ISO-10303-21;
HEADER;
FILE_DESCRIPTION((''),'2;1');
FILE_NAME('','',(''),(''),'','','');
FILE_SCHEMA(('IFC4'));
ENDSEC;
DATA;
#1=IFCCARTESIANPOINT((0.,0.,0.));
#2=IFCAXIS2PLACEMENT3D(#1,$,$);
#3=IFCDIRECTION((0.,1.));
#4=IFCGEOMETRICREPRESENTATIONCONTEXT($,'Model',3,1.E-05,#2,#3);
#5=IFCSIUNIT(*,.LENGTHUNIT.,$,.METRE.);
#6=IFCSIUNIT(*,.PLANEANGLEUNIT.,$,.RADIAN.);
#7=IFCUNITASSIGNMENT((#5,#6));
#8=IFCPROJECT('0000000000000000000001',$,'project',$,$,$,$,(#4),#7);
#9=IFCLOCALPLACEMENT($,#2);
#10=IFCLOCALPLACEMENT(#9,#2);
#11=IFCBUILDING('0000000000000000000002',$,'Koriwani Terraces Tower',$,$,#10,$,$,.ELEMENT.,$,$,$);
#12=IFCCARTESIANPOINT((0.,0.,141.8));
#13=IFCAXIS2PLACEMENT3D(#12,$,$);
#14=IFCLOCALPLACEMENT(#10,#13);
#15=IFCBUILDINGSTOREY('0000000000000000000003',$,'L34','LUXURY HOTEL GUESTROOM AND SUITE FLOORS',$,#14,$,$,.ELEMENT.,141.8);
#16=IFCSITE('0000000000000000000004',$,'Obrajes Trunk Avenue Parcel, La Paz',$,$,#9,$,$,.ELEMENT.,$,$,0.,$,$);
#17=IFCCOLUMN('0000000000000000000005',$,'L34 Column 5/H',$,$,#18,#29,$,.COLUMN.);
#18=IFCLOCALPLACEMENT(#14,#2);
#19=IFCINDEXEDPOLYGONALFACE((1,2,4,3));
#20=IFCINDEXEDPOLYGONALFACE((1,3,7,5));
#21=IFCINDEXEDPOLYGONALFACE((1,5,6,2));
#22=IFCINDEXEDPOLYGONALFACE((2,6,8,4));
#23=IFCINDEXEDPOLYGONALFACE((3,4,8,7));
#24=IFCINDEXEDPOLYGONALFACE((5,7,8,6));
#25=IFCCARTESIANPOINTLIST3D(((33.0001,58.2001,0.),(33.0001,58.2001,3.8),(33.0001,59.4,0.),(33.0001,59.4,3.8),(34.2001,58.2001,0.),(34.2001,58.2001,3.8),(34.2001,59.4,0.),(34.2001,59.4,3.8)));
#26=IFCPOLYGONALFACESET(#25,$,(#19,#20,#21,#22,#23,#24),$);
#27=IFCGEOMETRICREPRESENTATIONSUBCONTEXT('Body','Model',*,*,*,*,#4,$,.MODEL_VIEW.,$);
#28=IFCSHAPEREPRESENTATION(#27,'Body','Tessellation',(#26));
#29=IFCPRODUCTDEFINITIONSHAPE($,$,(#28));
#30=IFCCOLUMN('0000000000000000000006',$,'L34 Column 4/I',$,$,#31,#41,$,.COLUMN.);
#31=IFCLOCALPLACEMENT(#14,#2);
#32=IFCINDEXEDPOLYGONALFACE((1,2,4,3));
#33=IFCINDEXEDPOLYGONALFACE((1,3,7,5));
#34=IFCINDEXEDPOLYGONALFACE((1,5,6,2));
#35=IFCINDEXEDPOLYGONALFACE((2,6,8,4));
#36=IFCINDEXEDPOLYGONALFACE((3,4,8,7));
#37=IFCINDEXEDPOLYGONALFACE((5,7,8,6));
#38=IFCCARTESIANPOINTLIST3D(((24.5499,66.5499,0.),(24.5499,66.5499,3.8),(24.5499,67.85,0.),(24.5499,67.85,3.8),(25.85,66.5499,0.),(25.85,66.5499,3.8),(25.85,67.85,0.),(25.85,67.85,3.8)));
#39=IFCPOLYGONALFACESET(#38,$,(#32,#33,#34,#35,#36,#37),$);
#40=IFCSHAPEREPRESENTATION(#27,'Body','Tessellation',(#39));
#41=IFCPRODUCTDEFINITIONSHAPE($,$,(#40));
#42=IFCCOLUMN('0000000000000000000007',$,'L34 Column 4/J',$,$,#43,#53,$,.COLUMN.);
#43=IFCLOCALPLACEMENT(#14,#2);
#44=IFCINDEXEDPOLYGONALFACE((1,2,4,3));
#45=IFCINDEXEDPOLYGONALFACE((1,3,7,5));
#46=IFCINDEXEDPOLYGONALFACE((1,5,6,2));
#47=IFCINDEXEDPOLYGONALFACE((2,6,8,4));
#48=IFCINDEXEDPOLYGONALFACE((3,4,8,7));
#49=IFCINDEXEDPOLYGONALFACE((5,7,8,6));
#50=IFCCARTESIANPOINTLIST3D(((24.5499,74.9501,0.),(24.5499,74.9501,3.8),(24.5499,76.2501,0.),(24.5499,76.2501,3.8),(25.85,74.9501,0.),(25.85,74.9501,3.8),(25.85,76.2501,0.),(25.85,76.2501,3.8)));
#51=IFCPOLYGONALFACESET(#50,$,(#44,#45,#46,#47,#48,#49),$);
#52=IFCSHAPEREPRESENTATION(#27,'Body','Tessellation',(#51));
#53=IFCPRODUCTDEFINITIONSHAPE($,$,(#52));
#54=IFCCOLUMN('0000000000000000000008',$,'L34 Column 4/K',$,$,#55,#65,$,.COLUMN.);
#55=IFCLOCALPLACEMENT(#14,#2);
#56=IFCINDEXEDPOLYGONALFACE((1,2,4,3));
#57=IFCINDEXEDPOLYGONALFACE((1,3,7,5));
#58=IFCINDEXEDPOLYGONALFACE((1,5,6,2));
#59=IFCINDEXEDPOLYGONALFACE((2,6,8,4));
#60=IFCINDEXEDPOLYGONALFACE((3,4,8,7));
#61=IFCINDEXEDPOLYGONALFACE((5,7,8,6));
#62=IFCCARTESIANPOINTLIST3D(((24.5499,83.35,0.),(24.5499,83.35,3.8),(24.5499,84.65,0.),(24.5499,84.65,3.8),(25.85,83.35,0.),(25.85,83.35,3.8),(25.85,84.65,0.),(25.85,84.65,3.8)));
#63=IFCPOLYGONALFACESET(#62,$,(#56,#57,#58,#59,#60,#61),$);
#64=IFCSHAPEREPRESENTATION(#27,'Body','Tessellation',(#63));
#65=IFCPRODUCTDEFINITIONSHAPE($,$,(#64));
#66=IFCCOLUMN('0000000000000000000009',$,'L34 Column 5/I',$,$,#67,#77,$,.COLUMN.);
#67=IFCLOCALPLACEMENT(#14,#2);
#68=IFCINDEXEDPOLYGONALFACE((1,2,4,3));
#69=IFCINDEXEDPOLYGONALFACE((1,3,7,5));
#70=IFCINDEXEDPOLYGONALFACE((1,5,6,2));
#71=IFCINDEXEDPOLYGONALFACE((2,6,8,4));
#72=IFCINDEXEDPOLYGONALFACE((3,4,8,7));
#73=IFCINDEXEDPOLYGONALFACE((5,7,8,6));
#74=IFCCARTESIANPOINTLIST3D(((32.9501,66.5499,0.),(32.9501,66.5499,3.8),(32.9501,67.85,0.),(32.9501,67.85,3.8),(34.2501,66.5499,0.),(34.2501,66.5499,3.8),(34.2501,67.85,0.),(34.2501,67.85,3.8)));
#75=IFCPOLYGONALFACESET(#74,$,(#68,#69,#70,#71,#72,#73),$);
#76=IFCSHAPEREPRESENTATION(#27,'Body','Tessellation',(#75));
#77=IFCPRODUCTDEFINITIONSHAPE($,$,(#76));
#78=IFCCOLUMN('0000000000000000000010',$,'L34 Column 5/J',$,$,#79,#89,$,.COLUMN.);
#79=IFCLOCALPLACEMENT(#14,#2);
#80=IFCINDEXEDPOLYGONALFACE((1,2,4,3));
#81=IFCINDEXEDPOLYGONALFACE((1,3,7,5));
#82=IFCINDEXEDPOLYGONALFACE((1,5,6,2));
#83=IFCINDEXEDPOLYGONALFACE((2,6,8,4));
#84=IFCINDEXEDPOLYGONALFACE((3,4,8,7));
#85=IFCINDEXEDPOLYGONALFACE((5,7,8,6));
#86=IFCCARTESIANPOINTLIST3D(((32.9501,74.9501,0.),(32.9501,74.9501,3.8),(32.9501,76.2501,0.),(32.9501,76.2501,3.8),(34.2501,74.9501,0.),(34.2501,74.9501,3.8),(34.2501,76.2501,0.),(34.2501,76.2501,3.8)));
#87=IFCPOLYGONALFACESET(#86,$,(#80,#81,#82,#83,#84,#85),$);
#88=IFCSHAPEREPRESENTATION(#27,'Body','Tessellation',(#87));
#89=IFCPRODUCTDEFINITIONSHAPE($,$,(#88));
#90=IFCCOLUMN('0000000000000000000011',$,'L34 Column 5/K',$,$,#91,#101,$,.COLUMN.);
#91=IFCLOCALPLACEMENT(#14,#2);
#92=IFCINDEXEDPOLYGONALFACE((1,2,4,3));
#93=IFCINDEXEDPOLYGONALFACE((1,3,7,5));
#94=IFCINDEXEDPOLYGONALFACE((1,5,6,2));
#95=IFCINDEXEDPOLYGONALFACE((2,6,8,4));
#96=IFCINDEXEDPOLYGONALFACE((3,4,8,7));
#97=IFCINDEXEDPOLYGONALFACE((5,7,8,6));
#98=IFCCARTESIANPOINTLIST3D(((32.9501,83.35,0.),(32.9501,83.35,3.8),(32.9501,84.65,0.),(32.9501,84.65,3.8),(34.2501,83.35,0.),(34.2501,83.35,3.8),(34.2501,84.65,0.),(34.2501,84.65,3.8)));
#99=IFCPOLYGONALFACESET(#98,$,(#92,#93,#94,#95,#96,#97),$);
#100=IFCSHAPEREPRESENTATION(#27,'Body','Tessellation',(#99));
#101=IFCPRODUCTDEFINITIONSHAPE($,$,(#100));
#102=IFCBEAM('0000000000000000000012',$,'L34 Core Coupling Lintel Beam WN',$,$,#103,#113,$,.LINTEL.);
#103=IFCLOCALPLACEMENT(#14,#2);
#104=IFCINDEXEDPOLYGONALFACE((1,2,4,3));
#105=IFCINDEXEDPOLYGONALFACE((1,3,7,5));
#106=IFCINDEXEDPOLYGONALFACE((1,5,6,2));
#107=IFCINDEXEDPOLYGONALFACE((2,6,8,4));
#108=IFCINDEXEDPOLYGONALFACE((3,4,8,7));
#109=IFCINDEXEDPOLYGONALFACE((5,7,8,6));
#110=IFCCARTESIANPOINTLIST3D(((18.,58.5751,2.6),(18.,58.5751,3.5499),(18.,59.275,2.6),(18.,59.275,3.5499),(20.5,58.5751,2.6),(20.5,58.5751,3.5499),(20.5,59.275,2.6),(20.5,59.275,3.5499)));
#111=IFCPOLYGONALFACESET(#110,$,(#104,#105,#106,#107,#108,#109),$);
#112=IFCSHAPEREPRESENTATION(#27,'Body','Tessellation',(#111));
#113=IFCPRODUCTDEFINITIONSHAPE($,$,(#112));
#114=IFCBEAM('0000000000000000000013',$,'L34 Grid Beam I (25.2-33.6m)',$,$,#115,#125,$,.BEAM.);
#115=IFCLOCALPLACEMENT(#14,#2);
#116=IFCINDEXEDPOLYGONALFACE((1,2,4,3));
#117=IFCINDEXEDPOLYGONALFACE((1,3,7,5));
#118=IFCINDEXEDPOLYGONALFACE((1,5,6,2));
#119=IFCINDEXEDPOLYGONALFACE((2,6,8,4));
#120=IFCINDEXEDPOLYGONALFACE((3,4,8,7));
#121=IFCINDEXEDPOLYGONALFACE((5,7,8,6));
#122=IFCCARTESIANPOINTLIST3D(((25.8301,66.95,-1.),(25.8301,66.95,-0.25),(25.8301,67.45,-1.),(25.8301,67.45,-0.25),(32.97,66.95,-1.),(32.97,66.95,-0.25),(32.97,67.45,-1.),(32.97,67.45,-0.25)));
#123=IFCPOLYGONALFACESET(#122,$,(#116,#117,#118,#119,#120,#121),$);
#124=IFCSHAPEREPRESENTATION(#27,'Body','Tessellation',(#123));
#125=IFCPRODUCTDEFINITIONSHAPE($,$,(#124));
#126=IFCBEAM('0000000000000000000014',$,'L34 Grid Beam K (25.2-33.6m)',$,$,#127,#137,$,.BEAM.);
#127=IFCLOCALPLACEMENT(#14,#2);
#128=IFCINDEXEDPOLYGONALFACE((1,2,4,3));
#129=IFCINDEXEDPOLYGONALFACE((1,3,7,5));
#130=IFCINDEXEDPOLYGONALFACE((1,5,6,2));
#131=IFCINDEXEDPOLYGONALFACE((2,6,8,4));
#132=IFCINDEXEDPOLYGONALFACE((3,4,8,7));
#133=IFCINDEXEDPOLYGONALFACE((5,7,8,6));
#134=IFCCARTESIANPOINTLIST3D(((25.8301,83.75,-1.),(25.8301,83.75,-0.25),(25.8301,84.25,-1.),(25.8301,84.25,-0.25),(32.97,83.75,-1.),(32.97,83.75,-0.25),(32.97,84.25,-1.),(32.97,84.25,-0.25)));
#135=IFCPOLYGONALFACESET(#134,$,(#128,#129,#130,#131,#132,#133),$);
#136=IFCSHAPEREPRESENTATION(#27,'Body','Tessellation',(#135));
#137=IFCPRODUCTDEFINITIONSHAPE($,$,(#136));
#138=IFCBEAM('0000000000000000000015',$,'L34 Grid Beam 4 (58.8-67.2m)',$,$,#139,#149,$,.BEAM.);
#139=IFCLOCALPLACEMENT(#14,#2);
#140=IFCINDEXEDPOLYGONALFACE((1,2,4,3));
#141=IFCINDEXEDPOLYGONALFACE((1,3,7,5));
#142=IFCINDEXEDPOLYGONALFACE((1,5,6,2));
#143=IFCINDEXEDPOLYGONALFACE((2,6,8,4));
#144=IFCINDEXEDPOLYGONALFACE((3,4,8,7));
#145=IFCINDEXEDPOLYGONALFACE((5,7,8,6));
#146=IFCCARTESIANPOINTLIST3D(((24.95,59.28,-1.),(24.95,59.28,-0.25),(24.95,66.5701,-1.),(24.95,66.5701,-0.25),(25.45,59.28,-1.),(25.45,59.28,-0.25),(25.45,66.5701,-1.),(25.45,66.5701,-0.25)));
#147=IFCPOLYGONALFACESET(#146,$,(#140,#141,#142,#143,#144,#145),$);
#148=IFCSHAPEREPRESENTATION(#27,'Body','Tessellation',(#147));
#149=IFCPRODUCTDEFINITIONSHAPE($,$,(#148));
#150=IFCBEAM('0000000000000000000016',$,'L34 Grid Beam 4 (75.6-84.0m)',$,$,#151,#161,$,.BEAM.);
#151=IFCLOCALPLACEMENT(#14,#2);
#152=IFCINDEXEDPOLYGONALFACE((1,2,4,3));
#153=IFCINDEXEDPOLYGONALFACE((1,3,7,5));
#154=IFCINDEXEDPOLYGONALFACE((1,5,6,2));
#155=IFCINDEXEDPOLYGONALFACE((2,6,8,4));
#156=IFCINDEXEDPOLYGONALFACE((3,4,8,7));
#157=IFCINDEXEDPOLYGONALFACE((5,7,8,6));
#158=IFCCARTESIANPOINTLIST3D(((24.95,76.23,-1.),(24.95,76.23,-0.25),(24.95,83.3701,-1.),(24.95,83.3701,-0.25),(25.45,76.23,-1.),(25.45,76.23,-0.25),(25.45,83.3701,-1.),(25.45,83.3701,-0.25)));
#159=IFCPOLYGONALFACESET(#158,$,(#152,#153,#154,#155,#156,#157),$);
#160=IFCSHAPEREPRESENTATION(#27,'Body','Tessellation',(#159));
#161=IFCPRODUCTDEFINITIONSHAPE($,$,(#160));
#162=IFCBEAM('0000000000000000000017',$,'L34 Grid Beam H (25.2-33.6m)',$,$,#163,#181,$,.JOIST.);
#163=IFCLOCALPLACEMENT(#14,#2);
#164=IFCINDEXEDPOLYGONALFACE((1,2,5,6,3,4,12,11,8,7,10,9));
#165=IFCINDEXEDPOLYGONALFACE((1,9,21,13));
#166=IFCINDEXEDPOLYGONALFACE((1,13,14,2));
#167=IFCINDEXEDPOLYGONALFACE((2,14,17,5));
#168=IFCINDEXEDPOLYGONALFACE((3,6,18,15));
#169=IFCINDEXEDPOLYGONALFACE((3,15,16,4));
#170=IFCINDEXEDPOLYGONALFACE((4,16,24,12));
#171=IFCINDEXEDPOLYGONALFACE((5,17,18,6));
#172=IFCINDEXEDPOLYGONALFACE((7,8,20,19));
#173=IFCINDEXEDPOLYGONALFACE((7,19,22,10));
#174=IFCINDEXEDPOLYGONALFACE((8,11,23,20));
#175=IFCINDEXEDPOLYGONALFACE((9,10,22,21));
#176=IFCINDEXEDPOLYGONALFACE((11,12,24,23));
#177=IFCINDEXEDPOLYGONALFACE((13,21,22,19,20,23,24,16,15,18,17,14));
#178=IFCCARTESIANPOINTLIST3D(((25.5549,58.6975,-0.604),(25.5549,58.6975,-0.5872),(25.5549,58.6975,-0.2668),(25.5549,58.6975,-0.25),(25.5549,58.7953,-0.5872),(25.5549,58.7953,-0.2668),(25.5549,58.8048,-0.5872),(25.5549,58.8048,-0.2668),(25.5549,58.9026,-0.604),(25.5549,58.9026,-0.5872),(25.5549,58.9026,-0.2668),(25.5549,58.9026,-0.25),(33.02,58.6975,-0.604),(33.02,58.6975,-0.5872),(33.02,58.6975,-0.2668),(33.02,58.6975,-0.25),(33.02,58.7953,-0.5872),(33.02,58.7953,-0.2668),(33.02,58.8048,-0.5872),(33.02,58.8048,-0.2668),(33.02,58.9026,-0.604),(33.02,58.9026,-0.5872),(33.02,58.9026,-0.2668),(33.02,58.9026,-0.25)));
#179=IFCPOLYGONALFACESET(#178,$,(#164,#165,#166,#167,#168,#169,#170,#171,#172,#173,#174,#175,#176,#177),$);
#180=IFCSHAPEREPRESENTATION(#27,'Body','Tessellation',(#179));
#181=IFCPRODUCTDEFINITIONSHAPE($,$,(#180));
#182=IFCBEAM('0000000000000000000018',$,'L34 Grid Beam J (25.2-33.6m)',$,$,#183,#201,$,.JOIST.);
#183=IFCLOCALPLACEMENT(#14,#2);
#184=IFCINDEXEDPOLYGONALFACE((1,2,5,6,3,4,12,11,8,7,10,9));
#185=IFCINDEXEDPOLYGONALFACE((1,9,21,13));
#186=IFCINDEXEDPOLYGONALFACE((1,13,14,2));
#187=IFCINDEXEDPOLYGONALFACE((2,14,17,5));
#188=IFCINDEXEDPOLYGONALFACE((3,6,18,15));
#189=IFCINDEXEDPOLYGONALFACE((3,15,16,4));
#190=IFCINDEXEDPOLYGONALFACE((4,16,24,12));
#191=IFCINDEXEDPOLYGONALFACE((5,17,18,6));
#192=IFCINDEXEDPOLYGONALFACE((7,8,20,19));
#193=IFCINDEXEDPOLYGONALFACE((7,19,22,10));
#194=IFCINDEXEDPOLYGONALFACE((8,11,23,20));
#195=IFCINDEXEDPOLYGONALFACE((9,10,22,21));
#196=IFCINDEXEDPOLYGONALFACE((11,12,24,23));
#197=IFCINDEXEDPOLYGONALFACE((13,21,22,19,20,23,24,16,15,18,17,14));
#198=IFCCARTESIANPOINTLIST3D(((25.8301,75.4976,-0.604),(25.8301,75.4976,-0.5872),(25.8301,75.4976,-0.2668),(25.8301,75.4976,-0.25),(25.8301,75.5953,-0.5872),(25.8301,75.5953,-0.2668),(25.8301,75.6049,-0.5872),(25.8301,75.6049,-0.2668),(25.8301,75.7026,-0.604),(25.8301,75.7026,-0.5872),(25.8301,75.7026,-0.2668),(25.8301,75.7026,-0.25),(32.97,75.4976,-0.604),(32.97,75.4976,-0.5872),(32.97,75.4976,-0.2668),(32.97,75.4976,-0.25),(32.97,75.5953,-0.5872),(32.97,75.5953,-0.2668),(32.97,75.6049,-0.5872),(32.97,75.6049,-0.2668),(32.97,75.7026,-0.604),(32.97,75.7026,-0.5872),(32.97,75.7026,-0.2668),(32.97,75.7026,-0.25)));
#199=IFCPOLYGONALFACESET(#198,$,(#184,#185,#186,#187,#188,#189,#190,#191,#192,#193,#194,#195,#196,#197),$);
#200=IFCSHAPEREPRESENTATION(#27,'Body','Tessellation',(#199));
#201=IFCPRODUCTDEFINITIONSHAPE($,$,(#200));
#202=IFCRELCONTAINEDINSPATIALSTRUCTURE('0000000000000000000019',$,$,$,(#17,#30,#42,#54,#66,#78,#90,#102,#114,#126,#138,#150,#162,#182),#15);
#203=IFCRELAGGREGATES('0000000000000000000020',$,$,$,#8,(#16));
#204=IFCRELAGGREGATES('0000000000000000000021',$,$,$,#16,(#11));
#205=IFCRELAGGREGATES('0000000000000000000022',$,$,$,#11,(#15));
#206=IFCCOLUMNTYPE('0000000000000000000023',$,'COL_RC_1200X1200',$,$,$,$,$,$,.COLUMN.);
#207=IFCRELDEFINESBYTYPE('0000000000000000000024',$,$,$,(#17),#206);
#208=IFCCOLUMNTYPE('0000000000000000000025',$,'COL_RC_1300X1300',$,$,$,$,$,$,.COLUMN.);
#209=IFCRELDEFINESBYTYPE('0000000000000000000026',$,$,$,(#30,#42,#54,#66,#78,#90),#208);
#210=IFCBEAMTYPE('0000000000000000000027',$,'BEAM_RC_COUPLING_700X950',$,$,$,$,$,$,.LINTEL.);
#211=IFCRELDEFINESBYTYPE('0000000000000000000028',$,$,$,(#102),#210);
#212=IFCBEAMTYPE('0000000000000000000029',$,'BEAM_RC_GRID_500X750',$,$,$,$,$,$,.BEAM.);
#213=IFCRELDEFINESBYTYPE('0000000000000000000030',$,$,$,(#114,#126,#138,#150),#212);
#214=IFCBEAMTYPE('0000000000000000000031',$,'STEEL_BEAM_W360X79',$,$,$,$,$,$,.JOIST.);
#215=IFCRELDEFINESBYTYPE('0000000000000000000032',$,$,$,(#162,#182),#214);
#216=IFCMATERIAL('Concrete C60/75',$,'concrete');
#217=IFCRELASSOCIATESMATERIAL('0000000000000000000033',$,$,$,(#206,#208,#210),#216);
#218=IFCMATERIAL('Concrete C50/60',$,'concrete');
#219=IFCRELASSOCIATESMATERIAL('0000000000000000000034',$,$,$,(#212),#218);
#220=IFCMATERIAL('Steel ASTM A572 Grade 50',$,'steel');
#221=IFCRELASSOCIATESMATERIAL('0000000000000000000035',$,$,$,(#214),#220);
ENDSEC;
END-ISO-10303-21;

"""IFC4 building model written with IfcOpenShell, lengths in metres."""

from ifc_helpers import new_model, si_unit, direction, frame, origin, origin_2d, place, context, subcontext, project, spatial, rectangle, i_section, extrude, material, material_profile, profile_set, type_object, element, save


model = new_model("IFC4")

# Units and contexts
model_context = context("Model", 3, precision=1e-05, world=origin(), true_north=direction((0.0, 1.0)))
body_context = subcontext(model_context, "Body", "Model", "MODEL_VIEW")
ifc_project = project(units=[si_unit("LENGTHUNIT", "METRE"), si_unit("PLANEANGLEUNIT", "RADIAN")], contexts=[model_context])

# Site, building, storey
site_placement = place(None, origin())
site = spatial("IfcSite", under=ifc_project, at=site_placement, Name="Obrajes Trunk Avenue Parcel, La Paz", CompositionType="ELEMENT", RefElevation=0.0)
building_placement = place(site_placement, origin())
building = spatial("IfcBuilding", under=site, at=building_placement, Name="Koriwani Terraces Tower", CompositionType="ELEMENT")
storey_placement = place(building_placement, frame((0.0, 0.0, 141.8)))
storey = spatial("IfcBuildingStorey", under=building, at=storey_placement, Name="L34", Description="LUXURY HOTEL GUESTROOM AND SUITE FLOORS", CompositionType="ELEMENT", Elevation=141.8)

# Columns
ifc_material_1 = material(Name="Concrete C60/75", Category="concrete")
ifc_material_profile_1 = material_profile(ifc_material_1, rectangle(XDim=1.2, YDim=1.2, at=origin_2d()), Name="Concrete C60/75", Category="LoadBearing")
ifc_profile_set_1 = profile_set([ifc_material_profile_1], Name="Concrete C60/75")
column_type_1 = type_object("IfcColumnType", Name="COL_RC_1200X1200", PredefinedType="COLUMN", material=ifc_profile_set_1)
column_placement = place(storey_placement, frame((33.6001, 58.8, 0.0), z_axis=(0.0, 0.0, 1.0), x_axis=(1.0, 0.0, 0.0)))
element("IfcColumn", 1, at=column_placement, inside=storey, type_object=column_type_1, Name="L34 Column 5/H", PredefinedType="COLUMN", context=body_context, shape_type="SweptSolid", body=[
    extrude(rectangle(XDim=1.2, YDim=1.2, at=origin_2d()), origin(), (0.0, 0.0, 1.0), 3.8),
])
ifc_material_profile_2 = material_profile(ifc_material_1, rectangle(XDim=1.3, YDim=1.3, at=origin_2d()), Name="Concrete C60/75", Category="LoadBearing")
ifc_profile_set_2 = profile_set([ifc_material_profile_2], Name="Concrete C60/75")
column_type_2 = type_object("IfcColumnType", Name="COL_RC_1300X1300", PredefinedType="COLUMN", material=ifc_profile_set_2)
for number, where, z_axis, x_axis, name in (
    (2, (25.2, 67.2, 0.0), (0.0, 0.0, 1.0), (1.0, 0.0, 0.0), "L34 Column 4/I"),
    (3, (25.2, 75.6001, 0.0), (0.0, 0.0, 1.0), (1.0, 0.0, 0.0), "L34 Column 4/J"),
    (4, (25.2, 84.0, 0.0), (0.0, 0.0, 1.0), (1.0, 0.0, 0.0), "L34 Column 4/K"),
    (5, (33.6001, 67.2, 0.0), (0.0, 0.0, 1.0), (1.0, 0.0, 0.0), "L34 Column 5/I"),
    (6, (33.6001, 75.6001, 0.0), (0.0, 0.0, 1.0), (1.0, 0.0, 0.0), "L34 Column 5/J"),
    (7, (33.6001, 84.0, 0.0), (0.0, 0.0, 1.0), (1.0, 0.0, 0.0), "L34 Column 5/K"),
):
    element("IfcColumn", number, at=place(storey_placement, frame(where, z_axis=z_axis, x_axis=x_axis)), inside=storey, type_object=column_type_2, Name=name, PredefinedType="COLUMN", context=body_context, shape_type="SweptSolid", body=[
        extrude(rectangle(XDim=1.3, YDim=1.3, at=origin_2d()), origin(), (0.0, 0.0, 1.0), 3.8),
    ])

# Beams
ifc_material_profile_3 = material_profile(ifc_material_1, rectangle(XDim=0.7, YDim=0.95, at=origin_2d()), Name="Concrete C60/75", Category="LoadBearing")
ifc_profile_set_3 = profile_set([ifc_material_profile_3], Name="Concrete C60/75")
beam_type_1 = type_object("IfcBeamType", Name="BEAM_RC_COUPLING_700X950", PredefinedType="LINTEL", material=ifc_profile_set_3)
beam_1_placement = place(storey_placement, frame((18.0, 58.925, 3.075), z_axis=(1.0, 0.0, 0.0), x_axis=(0.0, 1.0, 0.0)))
element("IfcBeam", 8, at=beam_1_placement, inside=storey, type_object=beam_type_1, Name="L34 Core Coupling Lintel Beam WN", PredefinedType="LINTEL", context=body_context, shape_type="SweptSolid", body=[
    extrude(rectangle(XDim=0.7, YDim=0.95, at=origin_2d()), origin(), (0.0, 0.0, 1.0), 2.5),
])
ifc_material_2 = material(Name="Concrete C50/60", Category="concrete")
ifc_material_profile_4 = material_profile(ifc_material_2, rectangle(XDim=0.5, YDim=0.75, at=origin_2d()), Name="Concrete C50/60", Category="LoadBearing")
ifc_profile_set_4 = profile_set([ifc_material_profile_4], Name="Concrete C50/60")
beam_type_2 = type_object("IfcBeamType", Name="BEAM_RC_GRID_500X750", PredefinedType="BEAM", material=ifc_profile_set_4)
for number, where, z_axis, x_axis, name in (
    (9, (25.8301, 67.2, -0.625), (1.0, 0.0, 0.0), (0.0, 1.0, 0.0), "L34 Grid Beam I (25.2-33.6m)"),
    (10, (25.8301, 84.0, -0.625), (1.0, 0.0, 0.0), (0.0, 1.0, 0.0), "L34 Grid Beam K (25.2-33.6m)"),
):
    element("IfcBeam", number, at=place(storey_placement, frame(where, z_axis=z_axis, x_axis=x_axis)), inside=storey, type_object=beam_type_2, Name=name, PredefinedType="BEAM", context=body_context, shape_type="SweptSolid", body=[
        extrude(rectangle(XDim=0.5, YDim=0.75, at=origin_2d()), origin(), (0.0, 0.0, 1.0), 7.1399),
    ])
beam_2_placement = place(storey_placement, frame((25.2, 59.28, -0.625), z_axis=(0.0, 1.0, 0.0), x_axis=(-1.0, 0.0, 0.0)))
element("IfcBeam", 11, at=beam_2_placement, inside=storey, type_object=beam_type_2, Name="L34 Grid Beam 4 (58.8-67.2m)", PredefinedType="BEAM", context=body_context, shape_type="SweptSolid", body=[
    extrude(rectangle(XDim=0.5, YDim=0.75, at=origin_2d()), origin(), (0.0, 0.0, 1.0), 7.29),
])
beam_3_placement = place(storey_placement, frame((25.2, 76.23, -0.625), z_axis=(0.0, 1.0, 0.0), x_axis=(-1.0, 0.0, 0.0)))
element("IfcBeam", 12, at=beam_3_placement, inside=storey, type_object=beam_type_2, Name="L34 Grid Beam 4 (75.6-84.0m)", PredefinedType="BEAM", context=body_context, shape_type="SweptSolid", body=[
    extrude(rectangle(XDim=0.5, YDim=0.75, at=origin_2d()), origin(), (0.0, 0.0, 1.0), 7.1401),
])
ifc_material_3 = material(Name="Steel ASTM A572 Grade 50", Category="steel")
ifc_material_profile_5 = material_profile(ifc_material_3, i_section(OverallWidth=0.2051, OverallDepth=0.354, WebThickness=0.0095, FlangeThickness=0.0168, at=origin_2d()), Name="Steel ASTM A572 Grade 50", Category="LoadBearing")
ifc_profile_set_5 = profile_set([ifc_material_profile_5], Name="Steel ASTM A572 Grade 50")
beam_type_3 = type_object("IfcBeamType", Name="STEEL_BEAM_W360X79", PredefinedType="JOIST", material=ifc_profile_set_5)
beam_4_placement = place(storey_placement, frame((25.5549, 58.8, -0.427), z_axis=(1.0, 0.0, 0.0), x_axis=(0.0, 1.0, 0.0)))
element("IfcBeam", 13, at=beam_4_placement, inside=storey, type_object=beam_type_3, Name="L34 Grid Beam H (25.2-33.6m)", PredefinedType="JOIST", context=body_context, shape_type="SweptSolid", body=[
    extrude(i_section(OverallWidth=0.2051, OverallDepth=0.354, WebThickness=0.0095, FlangeThickness=0.0168, at=origin_2d()), origin(), (0.0, 0.0, 1.0), 7.4651),
])
for number, where, z_axis, x_axis, name in (
    (14, (25.8301, 75.6001, -0.427), (1.0, 0.0, 0.0), (0.0, 1.0, 0.0), "L34 Grid Beam J (25.2-33.6m)"),
):
    element("IfcBeam", number, at=place(storey_placement, frame(where, z_axis=z_axis, x_axis=x_axis)), inside=storey, type_object=beam_type_3, Name=name, PredefinedType="JOIST", context=body_context, shape_type="SweptSolid", body=[
        extrude(i_section(OverallWidth=0.2051, OverallDepth=0.354, WebThickness=0.0095, FlangeThickness=0.0168, at=origin_2d()), origin(), (0.0, 0.0, 1.0), 7.1399),
    ])

save(model, "model.ifc")
